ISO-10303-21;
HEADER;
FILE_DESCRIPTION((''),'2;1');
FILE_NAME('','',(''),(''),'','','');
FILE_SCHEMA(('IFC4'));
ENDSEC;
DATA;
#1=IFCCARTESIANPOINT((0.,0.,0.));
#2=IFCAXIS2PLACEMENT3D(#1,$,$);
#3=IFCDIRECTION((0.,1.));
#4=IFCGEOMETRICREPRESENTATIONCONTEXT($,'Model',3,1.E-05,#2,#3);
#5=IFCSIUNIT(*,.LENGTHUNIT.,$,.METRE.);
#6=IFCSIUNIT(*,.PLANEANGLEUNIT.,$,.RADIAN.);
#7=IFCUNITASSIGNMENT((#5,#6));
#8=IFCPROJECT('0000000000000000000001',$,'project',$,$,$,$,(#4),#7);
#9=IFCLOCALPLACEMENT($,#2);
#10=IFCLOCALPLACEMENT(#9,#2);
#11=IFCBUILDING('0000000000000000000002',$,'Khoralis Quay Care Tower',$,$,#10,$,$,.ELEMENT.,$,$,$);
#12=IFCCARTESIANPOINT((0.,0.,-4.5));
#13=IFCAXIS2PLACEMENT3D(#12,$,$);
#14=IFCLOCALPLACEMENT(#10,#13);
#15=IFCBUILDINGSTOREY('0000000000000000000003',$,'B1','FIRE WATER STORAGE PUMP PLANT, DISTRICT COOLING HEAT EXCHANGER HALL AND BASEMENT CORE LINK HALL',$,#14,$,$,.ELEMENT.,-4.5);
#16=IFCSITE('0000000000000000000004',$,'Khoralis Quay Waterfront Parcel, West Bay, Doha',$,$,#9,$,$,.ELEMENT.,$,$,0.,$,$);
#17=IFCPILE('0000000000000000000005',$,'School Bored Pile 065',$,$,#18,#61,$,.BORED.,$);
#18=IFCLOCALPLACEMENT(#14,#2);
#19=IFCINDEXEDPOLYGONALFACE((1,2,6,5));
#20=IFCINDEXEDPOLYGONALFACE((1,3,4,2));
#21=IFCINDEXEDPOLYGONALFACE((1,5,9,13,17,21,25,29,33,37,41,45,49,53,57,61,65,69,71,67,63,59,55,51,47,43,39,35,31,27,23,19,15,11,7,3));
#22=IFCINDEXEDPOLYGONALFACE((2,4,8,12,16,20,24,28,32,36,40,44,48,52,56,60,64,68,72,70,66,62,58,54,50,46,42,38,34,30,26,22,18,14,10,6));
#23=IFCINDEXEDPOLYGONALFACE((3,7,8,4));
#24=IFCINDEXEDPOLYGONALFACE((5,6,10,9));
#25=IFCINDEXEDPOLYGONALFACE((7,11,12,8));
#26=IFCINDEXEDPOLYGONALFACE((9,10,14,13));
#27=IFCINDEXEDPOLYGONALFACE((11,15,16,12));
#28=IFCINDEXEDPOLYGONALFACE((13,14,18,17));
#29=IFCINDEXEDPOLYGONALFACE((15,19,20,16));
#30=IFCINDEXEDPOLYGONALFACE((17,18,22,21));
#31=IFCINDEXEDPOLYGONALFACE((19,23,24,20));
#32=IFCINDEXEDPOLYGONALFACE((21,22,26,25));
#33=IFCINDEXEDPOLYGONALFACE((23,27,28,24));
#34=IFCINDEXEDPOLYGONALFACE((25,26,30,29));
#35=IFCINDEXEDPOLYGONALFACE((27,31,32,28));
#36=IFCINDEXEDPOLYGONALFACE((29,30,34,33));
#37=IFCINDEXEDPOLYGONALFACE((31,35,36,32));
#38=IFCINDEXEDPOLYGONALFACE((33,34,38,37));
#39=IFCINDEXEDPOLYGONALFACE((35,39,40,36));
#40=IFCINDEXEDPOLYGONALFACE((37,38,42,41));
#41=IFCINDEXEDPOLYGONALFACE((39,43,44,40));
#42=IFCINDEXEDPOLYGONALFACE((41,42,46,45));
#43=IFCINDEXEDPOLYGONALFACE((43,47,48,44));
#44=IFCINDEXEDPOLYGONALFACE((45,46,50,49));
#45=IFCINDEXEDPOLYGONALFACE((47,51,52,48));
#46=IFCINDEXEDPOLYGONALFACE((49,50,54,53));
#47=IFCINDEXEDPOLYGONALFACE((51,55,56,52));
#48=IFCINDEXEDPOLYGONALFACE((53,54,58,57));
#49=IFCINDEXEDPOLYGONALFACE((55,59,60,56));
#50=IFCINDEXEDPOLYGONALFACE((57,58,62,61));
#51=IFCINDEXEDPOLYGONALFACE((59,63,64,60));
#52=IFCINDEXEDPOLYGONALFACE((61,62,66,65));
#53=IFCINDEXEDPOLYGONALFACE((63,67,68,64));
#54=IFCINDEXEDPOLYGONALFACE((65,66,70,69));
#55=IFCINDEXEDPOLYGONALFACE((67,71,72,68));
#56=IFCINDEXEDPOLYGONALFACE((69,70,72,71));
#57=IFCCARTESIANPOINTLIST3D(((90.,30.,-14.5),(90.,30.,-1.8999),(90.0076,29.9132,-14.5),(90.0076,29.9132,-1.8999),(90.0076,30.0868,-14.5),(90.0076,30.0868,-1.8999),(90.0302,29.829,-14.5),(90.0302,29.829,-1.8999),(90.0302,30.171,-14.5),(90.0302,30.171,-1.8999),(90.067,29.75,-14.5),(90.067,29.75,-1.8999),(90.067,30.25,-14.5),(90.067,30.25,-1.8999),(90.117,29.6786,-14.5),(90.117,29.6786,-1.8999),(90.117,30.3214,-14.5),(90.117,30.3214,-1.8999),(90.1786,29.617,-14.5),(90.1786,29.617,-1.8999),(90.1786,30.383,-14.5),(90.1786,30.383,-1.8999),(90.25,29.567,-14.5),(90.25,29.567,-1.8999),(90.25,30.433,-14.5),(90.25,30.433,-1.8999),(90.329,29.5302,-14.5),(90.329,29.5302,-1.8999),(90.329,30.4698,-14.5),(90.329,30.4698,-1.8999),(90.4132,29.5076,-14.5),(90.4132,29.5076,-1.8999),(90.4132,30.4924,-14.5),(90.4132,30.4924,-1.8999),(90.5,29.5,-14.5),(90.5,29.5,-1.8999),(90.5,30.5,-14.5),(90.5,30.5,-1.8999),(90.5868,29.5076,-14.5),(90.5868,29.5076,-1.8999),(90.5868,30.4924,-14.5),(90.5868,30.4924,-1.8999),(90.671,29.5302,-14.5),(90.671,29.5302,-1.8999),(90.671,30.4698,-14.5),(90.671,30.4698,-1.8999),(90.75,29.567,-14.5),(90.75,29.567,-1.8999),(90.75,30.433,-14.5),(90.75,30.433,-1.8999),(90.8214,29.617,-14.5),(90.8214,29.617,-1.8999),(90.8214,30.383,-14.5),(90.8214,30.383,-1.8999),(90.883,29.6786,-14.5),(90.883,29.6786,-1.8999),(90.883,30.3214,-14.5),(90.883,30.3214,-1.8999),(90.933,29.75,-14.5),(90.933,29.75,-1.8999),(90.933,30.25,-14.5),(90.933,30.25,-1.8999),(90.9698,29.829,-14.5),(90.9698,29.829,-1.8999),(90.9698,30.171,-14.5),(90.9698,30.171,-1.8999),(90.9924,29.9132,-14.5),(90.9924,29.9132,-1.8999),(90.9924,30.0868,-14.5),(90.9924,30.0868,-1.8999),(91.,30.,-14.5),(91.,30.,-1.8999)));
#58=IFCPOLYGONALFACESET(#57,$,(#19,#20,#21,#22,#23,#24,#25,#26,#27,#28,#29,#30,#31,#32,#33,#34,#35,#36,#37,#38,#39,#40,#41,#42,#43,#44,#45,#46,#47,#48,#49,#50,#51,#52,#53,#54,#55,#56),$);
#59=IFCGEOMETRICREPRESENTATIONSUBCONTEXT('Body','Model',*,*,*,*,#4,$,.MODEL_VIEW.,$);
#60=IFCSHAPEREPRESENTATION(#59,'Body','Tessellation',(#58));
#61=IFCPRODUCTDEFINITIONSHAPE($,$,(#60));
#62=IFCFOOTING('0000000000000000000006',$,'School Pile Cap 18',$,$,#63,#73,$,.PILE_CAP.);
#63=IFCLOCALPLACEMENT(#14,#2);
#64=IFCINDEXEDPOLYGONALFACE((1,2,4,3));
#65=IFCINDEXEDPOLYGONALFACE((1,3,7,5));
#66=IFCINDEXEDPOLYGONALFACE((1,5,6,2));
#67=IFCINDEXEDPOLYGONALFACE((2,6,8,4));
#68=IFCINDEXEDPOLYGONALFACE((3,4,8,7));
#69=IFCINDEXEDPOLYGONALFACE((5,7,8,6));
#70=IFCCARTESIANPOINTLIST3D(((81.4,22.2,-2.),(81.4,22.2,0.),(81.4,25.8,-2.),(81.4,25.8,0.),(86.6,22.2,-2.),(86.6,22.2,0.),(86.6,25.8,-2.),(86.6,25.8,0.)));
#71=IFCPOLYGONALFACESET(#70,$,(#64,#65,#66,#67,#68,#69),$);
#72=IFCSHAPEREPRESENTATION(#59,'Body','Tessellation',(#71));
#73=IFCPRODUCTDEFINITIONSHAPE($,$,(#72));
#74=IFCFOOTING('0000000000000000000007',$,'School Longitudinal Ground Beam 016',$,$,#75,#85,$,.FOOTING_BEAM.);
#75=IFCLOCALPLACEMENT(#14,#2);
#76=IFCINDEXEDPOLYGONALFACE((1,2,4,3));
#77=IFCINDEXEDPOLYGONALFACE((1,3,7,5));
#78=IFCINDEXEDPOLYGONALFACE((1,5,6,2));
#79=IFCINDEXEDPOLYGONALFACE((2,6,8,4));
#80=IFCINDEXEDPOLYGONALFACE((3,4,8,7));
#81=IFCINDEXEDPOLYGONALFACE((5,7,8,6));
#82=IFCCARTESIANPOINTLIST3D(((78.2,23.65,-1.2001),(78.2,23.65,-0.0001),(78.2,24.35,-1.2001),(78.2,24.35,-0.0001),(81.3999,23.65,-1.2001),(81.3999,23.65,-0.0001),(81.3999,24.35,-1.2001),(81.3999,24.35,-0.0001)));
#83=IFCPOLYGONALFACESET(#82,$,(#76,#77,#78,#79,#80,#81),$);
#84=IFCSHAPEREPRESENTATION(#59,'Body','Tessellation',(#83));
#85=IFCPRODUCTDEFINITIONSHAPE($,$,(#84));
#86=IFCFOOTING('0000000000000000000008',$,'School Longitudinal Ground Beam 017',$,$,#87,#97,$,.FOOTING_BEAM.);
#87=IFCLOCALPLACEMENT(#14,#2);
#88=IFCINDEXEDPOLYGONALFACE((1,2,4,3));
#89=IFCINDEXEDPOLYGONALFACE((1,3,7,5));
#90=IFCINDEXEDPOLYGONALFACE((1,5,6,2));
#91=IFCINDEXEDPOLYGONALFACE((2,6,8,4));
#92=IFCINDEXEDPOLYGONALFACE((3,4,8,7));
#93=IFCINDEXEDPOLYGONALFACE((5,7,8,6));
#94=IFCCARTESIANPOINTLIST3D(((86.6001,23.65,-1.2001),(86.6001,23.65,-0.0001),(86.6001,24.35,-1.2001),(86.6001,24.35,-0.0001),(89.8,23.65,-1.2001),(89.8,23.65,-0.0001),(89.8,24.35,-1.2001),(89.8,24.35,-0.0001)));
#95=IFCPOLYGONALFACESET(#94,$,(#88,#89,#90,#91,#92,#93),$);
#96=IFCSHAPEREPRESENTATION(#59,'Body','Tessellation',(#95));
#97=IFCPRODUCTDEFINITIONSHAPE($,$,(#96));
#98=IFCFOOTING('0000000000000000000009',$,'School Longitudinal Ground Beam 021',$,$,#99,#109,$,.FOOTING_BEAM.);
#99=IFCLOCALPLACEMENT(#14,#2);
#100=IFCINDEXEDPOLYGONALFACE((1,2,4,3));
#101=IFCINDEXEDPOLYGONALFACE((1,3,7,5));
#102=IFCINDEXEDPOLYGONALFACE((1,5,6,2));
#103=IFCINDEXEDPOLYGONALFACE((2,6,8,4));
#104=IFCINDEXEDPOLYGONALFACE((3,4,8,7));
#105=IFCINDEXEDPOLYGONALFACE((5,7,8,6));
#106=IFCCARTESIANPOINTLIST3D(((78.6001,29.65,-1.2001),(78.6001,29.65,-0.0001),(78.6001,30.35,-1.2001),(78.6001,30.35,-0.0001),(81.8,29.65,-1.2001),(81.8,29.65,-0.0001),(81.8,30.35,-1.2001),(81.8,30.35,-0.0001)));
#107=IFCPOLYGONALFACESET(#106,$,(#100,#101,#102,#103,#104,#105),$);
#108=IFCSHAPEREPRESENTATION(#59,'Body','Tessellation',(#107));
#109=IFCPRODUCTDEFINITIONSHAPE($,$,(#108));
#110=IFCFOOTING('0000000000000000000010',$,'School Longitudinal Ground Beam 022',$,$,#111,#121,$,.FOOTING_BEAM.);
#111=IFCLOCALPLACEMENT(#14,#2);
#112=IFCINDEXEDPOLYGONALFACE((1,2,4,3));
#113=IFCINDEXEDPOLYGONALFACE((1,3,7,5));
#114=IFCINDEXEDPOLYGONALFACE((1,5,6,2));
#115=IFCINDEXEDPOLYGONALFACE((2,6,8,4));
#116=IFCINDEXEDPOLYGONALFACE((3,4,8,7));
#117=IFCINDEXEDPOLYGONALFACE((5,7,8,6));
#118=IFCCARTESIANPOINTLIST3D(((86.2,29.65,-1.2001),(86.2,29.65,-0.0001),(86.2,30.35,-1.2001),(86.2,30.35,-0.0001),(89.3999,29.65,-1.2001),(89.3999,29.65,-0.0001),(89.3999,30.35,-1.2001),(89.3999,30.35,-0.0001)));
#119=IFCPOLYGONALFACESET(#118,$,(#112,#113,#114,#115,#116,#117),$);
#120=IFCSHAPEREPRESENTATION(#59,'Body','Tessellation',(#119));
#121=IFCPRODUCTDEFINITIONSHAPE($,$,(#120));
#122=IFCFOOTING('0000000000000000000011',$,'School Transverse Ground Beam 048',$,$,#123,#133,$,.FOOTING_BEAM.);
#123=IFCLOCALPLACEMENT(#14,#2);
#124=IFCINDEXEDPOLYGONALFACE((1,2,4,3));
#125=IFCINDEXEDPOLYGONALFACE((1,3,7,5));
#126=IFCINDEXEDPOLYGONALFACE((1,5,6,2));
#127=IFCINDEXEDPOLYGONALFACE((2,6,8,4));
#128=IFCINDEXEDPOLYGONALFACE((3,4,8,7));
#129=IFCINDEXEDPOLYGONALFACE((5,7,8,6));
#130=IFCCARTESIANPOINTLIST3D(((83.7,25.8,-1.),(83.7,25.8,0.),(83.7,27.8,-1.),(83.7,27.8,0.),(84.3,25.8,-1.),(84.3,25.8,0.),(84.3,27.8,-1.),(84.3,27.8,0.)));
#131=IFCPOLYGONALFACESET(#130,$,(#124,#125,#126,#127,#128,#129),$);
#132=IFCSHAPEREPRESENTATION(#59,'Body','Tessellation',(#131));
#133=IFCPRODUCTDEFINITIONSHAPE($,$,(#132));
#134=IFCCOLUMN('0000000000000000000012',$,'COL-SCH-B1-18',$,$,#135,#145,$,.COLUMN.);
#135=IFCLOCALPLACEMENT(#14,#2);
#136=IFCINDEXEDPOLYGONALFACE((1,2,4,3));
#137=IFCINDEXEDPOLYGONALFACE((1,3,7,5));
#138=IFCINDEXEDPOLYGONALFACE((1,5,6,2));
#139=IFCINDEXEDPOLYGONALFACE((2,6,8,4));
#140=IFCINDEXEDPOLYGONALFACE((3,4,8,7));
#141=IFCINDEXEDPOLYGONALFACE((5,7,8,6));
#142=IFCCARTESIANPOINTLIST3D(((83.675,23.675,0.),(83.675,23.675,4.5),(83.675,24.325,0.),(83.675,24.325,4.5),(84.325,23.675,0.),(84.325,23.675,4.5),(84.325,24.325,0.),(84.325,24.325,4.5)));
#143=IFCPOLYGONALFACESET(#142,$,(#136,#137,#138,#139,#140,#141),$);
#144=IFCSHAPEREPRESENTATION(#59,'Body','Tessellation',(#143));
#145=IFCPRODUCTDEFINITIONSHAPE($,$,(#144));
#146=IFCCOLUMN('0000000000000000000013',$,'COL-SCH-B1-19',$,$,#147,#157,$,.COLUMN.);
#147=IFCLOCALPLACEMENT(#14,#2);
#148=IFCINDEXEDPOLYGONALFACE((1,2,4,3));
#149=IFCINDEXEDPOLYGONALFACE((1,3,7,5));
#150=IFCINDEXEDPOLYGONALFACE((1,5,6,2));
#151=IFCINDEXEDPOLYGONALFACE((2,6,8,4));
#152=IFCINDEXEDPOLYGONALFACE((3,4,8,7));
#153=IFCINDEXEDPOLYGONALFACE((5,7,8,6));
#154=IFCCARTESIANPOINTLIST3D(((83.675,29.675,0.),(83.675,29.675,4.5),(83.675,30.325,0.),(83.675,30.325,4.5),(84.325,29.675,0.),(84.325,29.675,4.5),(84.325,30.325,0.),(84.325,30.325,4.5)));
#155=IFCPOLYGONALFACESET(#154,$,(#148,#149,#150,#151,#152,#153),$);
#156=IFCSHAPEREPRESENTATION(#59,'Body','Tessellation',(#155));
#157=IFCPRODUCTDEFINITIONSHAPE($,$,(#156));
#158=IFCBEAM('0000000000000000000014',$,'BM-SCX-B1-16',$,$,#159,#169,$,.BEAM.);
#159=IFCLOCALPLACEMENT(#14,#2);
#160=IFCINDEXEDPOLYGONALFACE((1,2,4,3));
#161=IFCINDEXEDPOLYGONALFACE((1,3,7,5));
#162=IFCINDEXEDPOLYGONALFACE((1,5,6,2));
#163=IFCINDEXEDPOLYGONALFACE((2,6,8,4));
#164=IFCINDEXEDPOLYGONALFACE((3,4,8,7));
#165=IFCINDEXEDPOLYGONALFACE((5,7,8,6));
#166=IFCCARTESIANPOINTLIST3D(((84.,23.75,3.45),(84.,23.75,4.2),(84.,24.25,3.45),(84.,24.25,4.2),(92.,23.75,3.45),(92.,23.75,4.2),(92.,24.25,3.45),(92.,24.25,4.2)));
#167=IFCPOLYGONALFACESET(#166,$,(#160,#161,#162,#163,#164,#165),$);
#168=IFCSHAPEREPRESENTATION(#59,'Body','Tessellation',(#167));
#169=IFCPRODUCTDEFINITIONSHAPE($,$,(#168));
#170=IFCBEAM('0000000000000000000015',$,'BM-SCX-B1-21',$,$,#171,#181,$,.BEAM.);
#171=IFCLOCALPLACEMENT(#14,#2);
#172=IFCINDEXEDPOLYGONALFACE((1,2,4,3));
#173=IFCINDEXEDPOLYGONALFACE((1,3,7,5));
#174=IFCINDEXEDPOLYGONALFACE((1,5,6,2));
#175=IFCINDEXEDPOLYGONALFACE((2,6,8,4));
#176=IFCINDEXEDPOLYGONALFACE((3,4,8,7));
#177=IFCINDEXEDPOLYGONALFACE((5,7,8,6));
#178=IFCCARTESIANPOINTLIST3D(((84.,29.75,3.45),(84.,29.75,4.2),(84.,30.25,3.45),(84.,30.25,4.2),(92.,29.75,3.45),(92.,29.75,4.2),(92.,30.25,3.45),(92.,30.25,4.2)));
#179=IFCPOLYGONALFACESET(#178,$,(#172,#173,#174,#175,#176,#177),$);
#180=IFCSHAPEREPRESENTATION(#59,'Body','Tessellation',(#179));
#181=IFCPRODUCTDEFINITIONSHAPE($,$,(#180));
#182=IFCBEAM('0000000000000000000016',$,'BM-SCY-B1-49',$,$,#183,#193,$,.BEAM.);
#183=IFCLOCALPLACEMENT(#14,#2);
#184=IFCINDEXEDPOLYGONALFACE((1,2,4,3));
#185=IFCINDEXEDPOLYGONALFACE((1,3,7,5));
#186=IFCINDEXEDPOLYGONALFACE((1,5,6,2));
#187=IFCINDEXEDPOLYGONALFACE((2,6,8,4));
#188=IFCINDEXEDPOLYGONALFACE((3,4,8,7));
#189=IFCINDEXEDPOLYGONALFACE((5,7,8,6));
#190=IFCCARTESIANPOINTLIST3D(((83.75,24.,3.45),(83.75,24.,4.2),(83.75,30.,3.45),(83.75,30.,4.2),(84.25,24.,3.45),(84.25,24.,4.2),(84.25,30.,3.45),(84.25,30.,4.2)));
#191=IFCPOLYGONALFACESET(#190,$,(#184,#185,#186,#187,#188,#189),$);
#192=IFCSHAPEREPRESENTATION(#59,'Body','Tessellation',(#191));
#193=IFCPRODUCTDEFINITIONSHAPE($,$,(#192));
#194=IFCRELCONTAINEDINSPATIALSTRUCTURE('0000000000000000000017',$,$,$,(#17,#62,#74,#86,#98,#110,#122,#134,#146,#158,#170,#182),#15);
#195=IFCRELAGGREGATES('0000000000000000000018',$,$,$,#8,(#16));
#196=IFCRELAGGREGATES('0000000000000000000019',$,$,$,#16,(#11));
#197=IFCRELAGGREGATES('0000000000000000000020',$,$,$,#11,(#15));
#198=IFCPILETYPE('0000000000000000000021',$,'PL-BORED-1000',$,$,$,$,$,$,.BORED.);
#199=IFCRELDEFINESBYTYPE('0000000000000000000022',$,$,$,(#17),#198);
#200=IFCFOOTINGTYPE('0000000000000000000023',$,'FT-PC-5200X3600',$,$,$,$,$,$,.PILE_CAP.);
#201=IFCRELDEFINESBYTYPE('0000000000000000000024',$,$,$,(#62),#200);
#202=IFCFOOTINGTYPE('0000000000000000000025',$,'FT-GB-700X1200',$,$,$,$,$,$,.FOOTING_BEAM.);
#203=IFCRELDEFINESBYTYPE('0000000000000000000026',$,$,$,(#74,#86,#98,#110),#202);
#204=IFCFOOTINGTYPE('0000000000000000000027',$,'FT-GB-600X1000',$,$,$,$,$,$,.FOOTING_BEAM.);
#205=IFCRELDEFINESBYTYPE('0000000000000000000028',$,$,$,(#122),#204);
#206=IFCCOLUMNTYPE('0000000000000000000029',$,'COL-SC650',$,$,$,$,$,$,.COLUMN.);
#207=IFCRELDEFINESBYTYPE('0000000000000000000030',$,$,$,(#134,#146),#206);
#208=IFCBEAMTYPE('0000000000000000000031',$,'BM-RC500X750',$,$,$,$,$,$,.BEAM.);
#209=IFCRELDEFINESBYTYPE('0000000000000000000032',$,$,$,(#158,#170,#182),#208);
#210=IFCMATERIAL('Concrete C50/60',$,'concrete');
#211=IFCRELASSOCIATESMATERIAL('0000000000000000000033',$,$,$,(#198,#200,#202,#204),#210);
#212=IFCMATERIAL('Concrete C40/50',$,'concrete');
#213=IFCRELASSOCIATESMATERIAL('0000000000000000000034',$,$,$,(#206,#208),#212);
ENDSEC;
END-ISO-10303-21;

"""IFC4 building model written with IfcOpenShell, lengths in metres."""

from ifc_helpers import new_model, si_unit, direction, frame, origin, origin_2d, place, context, subcontext, project, spatial, rectangle, circle, extrude, source, transform, mapped, material, material_profile, profile_set, type_object, element, save


model = new_model("IFC4")

# Units and contexts
model_context = context("Model", 3, precision=1e-05, world=origin(), true_north=direction((0.0, 1.0)))
body_context = subcontext(model_context, "Body", "Model", "MODEL_VIEW")
ifc_project = project(units=[si_unit("LENGTHUNIT", "METRE"), si_unit("PLANEANGLEUNIT", "RADIAN")], contexts=[model_context])

# Site, building, storey
site_placement = place(None, origin())
site = spatial("IfcSite", under=ifc_project, at=site_placement, Name="Khoralis Quay Waterfront Parcel, West Bay, Doha", CompositionType="ELEMENT", RefElevation=0.0)
building_placement = place(site_placement, origin())
building = spatial("IfcBuilding", under=site, at=building_placement, Name="Khoralis Quay Care Tower", CompositionType="ELEMENT")
storey_placement = place(building_placement, frame((0.0, 0.0, -4.5)))
storey = spatial("IfcBuildingStorey", under=building, at=storey_placement, Name="B1", Description="FIRE WATER STORAGE PUMP PLANT, DISTRICT COOLING HEAT EXCHANGER HALL AND BASEMENT CORE LINK HALL", CompositionType="ELEMENT", Elevation=-4.5)

# Shared definitions
ifc_material_1 = material(Name="Concrete C50/60", Category="concrete")

# Pile
ifc_material_profile_1 = material_profile(ifc_material_1, circle(Radius=0.5, at=origin_2d()), Name="Concrete C50/60")
ifc_profile_set_1 = profile_set([ifc_material_profile_1], Name="Concrete C50/60")
pile_type = type_object("IfcPileType", Name="PL-BORED-1000", PredefinedType="BORED", material=ifc_profile_set_1)
shared_shape_1 = source(origin(), body_context, "Body", "SweptSolid", [
    extrude(circle(Radius=0.5, at=origin_2d()), origin(), (0.0, 0.0, 1.0), 12.6001),
])
for number, where, z_axis, x_axis, name in (
    (1, (90.5, 30.0, -1.8999), (0.0, 0.0, -1.0), (1.0, 0.0, 0.0), "School Bored Pile 065"),
):
    element("IfcPile", number, at=place(storey_placement, frame(where, z_axis=z_axis, x_axis=x_axis)), inside=storey, type_object=pile_type, Name=name, PredefinedType="BORED", context=body_context, shape_type="MappedRepresentation", body=[
        mapped(shared_shape_1, transform((0.0, 0.0, 0.0), scale=1.0)),
    ])

# Footings
footing_type_1 = type_object("IfcFootingType", Name="FT-PC-5200X3600", PredefinedType="PILE_CAP", material=ifc_material_1)
shared_shape_2 = source(origin(), body_context, "Body", "SweptSolid", [
    extrude(rectangle(XDim=5.2, YDim=3.6001, at=origin_2d()), origin(), (0.0, 0.0, 1.0), 2.0),
])
footing_1_placement = place(storey_placement, frame((84.0, 24.0, -2.0), z_axis=(0.0, 0.0, 1.0), x_axis=(1.0, 0.0, 0.0)))
element("IfcFooting", 2, at=footing_1_placement, inside=storey, type_object=footing_type_1, Name="School Pile Cap 18", PredefinedType="PILE_CAP", context=body_context, shape_type="MappedRepresentation", body=[
    mapped(shared_shape_2, transform((0.0, 0.0, 0.0), scale=1.0)),
])
ifc_material_profile_2 = material_profile(ifc_material_1, rectangle(XDim=0.7, YDim=1.2, at=origin_2d()), Name="Concrete C50/60")
ifc_profile_set_2 = profile_set([ifc_material_profile_2], Name="Concrete C50/60")
footing_type_2 = type_object("IfcFootingType", Name="FT-GB-700X1200", PredefinedType="FOOTING_BEAM", material=ifc_profile_set_2)
shared_shape_3 = source(origin(), body_context, "Body", "SweptSolid", [
    extrude(rectangle(XDim=0.7, YDim=1.2, at=origin_2d()), origin(), (0.0, 0.0, 1.0), 3.2),
])
for number, where, z_axis, x_axis, name in (
    (3, (78.2, 24.0, -0.6001), (1.0, 0.0, 0.0), (0.0, 1.0, 0.0), "School Longitudinal Ground Beam 016"),
    (4, (86.6001, 24.0, -0.6001), (1.0, 0.0, 0.0), (0.0, 1.0, 0.0), "School Longitudinal Ground Beam 017"),
    (5, (78.6001, 30.0, -0.6001), (1.0, 0.0, 0.0), (0.0, 1.0, 0.0), "School Longitudinal Ground Beam 021"),
    (6, (86.2, 30.0, -0.6001), (1.0, 0.0, 0.0), (0.0, 1.0, 0.0), "School Longitudinal Ground Beam 022"),
):
    element("IfcFooting", number, at=place(storey_placement, frame(where, z_axis=z_axis, x_axis=x_axis)), inside=storey, type_object=footing_type_2, Name=name, PredefinedType="FOOTING_BEAM", context=body_context, shape_type="MappedRepresentation", body=[
        mapped(shared_shape_3, transform((0.0, 0.0, 0.0), scale=1.0)),
    ])
ifc_material_profile_3 = material_profile(ifc_material_1, rectangle(XDim=0.6001, YDim=1.0, at=origin_2d()), Name="Concrete C50/60")
ifc_profile_set_3 = profile_set([ifc_material_profile_3], Name="Concrete C50/60")
footing_type_3 = type_object("IfcFootingType", Name="FT-GB-600X1000", PredefinedType="FOOTING_BEAM", material=ifc_profile_set_3)
shared_shape_4 = source(origin(), body_context, "Body", "SweptSolid", [
    extrude(rectangle(XDim=0.6001, YDim=1.0, at=origin_2d()), origin(), (0.0, 0.0, 1.0), 2.0),
])
footing_2_placement = place(storey_placement, frame((84.0, 25.8, -0.5), z_axis=(0.0, 1.0, 0.0), x_axis=(-1.0, 0.0, 0.0)))
element("IfcFooting", 7, at=footing_2_placement, inside=storey, type_object=footing_type_3, Name="School Transverse Ground Beam 048", PredefinedType="FOOTING_BEAM", context=body_context, shape_type="MappedRepresentation", body=[
    mapped(shared_shape_4, transform((0.0, 0.0, 0.0), scale=1.0)),
])

# Columns
ifc_material_2 = material(Name="Concrete C40/50", Category="concrete")
ifc_material_profile_4 = material_profile(ifc_material_2, rectangle(XDim=0.6499, YDim=0.6499, at=origin_2d()), Name="Concrete C40/50")
ifc_profile_set_4 = profile_set([ifc_material_profile_4], Name="Concrete C40/50")
column_type = type_object("IfcColumnType", Name="COL-SC650", PredefinedType="COLUMN", material=ifc_profile_set_4)
shared_shape_5 = source(origin(), body_context, "Body", "SweptSolid", [
    extrude(rectangle(XDim=0.6499, YDim=0.6499, at=origin_2d()), origin(), (0.0, 0.0, 1.0), 4.5),
])
for number, where, z_axis, x_axis, name in (
    (8, (84.0, 24.0, 0.0), (0.0, 0.0, 1.0), (1.0, 0.0, 0.0), "COL-SCH-B1-18"),
    (9, (84.0, 30.0, 0.0), (0.0, 0.0, 1.0), (1.0, 0.0, 0.0), "COL-SCH-B1-19"),
):
    element("IfcColumn", number, at=place(storey_placement, frame(where, z_axis=z_axis, x_axis=x_axis)), inside=storey, type_object=column_type, Name=name, PredefinedType="COLUMN", context=body_context, shape_type="MappedRepresentation", body=[
        mapped(shared_shape_5, transform((0.0, 0.0, 0.0), scale=1.0)),
    ])

# Beams
ifc_material_profile_5 = material_profile(ifc_material_2, rectangle(XDim=0.5, YDim=0.75, at=origin_2d()), Name="Concrete C40/50")
ifc_profile_set_5 = profile_set([ifc_material_profile_5], Name="Concrete C40/50")
beam_type = type_object("IfcBeamType", Name="BM-RC500X750", PredefinedType="BEAM", material=ifc_profile_set_5)
shared_shape_6 = source(origin(), body_context, "Body", "SweptSolid", [
    extrude(rectangle(XDim=0.5, YDim=0.75, at=origin_2d()), origin(), (0.0, 0.0, 1.0), 8.0),
])
for number, where, z_axis, x_axis, name in (
    (10, (84.0, 24.0, 3.825), (1.0, 0.0, 0.0), (0.0, 1.0, 0.0), "BM-SCX-B1-16"),
    (11, (84.0, 30.0, 3.825), (1.0, 0.0, 0.0), (0.0, 1.0, 0.0), "BM-SCX-B1-21"),
):
    element("IfcBeam", number, at=place(storey_placement, frame(where, z_axis=z_axis, x_axis=x_axis)), inside=storey, type_object=beam_type, Name=name, PredefinedType="BEAM", context=body_context, shape_type="MappedRepresentation", body=[
        mapped(shared_shape_6, transform((0.0, 0.0, 0.0), scale=1.0)),
    ])
shared_shape_7 = source(origin(), body_context, "Body", "SweptSolid", [
    extrude(rectangle(XDim=0.5, YDim=0.75, at=origin_2d()), origin(), (0.0, 0.0, 1.0), 6.0),
])
for number, where, z_axis, x_axis, name in (
    (12, (84.0, 24.0, 3.825), (0.0, 1.0, 0.0), (-1.0, 0.0, 0.0), "BM-SCY-B1-49"),
):
    element("IfcBeam", number, at=place(storey_placement, frame(where, z_axis=z_axis, x_axis=x_axis)), inside=storey, type_object=beam_type, Name=name, PredefinedType="BEAM", context=body_context, shape_type="MappedRepresentation", body=[
        mapped(shared_shape_7, transform((0.0, 0.0, 0.0), scale=1.0)),
    ])

save(model, "model.ifc")
